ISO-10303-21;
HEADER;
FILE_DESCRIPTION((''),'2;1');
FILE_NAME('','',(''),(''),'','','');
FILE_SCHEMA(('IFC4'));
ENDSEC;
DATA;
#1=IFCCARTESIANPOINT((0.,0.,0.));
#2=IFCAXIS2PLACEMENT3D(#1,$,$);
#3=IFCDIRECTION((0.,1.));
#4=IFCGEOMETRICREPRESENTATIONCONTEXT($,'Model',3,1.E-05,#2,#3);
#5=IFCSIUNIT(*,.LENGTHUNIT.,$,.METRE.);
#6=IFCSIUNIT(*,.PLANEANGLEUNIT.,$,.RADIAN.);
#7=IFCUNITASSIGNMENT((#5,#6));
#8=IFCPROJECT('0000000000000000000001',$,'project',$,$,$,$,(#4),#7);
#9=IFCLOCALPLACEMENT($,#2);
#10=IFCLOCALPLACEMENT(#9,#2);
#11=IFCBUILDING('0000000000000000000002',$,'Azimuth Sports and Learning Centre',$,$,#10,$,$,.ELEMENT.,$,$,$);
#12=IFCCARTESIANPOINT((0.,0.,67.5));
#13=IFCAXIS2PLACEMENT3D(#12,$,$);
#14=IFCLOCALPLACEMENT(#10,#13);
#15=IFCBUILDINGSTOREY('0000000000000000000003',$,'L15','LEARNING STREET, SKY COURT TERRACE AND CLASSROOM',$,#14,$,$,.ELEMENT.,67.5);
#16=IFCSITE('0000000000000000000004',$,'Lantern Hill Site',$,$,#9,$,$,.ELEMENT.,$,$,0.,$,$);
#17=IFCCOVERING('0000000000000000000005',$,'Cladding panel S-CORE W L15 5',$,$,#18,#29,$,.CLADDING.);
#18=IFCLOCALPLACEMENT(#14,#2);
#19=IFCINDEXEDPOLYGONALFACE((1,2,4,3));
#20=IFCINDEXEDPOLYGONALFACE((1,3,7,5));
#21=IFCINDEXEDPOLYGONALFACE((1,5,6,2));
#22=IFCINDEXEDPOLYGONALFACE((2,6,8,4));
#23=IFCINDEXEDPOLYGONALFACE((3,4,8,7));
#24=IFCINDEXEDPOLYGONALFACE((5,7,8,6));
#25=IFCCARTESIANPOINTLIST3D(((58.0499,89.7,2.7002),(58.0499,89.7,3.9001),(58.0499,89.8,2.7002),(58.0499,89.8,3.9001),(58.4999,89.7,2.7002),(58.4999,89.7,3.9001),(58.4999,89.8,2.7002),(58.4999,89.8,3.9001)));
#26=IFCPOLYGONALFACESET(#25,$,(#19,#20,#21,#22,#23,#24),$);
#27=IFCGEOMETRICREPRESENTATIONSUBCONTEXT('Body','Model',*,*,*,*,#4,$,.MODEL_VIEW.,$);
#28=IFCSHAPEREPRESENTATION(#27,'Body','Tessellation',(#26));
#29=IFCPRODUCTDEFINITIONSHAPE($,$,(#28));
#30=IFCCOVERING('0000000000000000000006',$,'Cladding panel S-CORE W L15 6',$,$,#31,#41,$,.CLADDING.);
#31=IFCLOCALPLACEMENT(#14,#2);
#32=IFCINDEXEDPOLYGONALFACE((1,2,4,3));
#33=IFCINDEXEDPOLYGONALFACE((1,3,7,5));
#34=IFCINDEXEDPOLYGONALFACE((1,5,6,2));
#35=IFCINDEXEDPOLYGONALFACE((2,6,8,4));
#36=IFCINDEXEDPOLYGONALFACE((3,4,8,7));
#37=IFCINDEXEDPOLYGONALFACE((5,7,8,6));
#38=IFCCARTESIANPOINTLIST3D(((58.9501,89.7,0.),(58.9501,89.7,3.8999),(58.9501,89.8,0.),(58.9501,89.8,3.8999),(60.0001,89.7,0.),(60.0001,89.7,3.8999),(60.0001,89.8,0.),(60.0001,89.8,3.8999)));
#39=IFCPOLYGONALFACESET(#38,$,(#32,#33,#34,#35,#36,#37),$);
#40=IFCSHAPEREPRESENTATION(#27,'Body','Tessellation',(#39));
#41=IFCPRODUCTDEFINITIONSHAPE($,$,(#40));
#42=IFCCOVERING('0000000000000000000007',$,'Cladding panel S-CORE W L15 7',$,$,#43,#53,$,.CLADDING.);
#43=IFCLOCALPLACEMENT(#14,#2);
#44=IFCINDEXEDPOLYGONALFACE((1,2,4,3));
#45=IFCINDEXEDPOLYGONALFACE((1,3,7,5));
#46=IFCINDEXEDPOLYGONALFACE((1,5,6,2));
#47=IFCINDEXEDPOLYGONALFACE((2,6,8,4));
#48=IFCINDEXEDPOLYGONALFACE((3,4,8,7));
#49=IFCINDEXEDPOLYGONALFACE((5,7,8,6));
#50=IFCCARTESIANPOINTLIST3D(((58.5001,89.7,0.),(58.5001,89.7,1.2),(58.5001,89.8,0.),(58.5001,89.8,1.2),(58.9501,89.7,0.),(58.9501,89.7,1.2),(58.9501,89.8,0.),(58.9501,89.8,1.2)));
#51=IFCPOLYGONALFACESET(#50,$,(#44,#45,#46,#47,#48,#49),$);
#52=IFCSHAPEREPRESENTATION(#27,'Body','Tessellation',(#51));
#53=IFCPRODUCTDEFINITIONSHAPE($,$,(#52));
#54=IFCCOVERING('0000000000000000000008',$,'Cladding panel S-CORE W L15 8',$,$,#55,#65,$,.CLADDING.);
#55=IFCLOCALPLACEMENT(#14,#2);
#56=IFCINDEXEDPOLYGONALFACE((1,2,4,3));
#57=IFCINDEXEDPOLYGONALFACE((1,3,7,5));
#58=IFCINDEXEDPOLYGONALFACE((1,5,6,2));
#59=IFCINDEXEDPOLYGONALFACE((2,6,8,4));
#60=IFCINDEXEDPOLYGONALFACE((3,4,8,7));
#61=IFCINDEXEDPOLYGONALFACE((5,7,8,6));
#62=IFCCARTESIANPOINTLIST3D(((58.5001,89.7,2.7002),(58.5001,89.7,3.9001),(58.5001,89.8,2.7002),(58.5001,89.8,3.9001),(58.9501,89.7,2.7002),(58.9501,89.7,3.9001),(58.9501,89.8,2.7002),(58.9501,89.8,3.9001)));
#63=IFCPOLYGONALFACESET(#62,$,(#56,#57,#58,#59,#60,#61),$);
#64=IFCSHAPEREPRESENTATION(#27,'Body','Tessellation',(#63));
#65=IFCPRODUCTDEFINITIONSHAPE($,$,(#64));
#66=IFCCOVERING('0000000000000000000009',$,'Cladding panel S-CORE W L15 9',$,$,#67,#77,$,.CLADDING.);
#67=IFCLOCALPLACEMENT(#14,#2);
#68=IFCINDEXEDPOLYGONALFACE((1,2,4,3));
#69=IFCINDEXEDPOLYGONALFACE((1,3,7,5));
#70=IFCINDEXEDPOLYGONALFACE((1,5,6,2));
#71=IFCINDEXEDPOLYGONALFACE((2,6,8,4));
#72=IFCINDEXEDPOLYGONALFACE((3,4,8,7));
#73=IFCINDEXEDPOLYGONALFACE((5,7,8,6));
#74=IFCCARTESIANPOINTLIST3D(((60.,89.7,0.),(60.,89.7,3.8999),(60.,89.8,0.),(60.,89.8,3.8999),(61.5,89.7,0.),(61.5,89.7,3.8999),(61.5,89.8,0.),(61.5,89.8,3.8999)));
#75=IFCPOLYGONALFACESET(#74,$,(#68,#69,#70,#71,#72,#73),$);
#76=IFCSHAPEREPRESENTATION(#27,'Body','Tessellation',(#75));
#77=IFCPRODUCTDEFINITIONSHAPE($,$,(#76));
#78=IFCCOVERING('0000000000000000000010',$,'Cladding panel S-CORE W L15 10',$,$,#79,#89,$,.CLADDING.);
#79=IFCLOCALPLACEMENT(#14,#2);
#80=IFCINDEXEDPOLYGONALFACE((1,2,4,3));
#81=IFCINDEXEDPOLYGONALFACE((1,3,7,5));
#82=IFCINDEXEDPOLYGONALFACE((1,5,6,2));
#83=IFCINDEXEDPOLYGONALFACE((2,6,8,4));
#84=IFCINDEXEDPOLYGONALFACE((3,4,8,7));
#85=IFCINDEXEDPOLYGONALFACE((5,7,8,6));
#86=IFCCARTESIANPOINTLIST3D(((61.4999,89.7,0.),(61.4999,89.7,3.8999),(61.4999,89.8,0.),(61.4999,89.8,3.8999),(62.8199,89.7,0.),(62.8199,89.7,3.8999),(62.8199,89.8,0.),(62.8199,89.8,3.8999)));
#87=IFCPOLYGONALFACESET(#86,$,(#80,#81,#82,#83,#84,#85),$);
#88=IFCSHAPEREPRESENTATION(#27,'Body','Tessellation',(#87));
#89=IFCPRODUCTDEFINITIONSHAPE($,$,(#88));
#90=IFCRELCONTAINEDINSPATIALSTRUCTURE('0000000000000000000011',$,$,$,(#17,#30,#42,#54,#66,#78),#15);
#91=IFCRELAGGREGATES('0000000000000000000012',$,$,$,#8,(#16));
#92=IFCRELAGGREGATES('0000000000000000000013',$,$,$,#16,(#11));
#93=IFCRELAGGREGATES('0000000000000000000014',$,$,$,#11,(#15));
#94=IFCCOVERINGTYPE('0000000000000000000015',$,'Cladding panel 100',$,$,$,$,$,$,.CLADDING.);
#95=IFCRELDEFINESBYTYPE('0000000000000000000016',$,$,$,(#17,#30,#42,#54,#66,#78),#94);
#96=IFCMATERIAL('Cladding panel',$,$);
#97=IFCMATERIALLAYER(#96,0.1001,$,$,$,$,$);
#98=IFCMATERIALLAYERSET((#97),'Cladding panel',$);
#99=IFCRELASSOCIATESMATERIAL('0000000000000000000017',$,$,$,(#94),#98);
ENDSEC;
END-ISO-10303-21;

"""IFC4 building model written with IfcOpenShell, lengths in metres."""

from ifc_helpers import new_model, si_unit, direction, frame, origin, origin_2d, place, context, subcontext, project, spatial, rectangle, extrude, material, layer, layer_set, type_object, element, save


model = new_model("IFC4")

# Units and contexts
model_context = context("Model", 3, precision=1e-05, world=origin(), true_north=direction((0.0, 1.0)))
body_context = subcontext(model_context, "Body", "Model", "MODEL_VIEW")
ifc_project = project(units=[si_unit("LENGTHUNIT", "METRE"), si_unit("PLANEANGLEUNIT", "RADIAN")], contexts=[model_context])

# Site, building, storey
site_placement = place(None, origin())
site = spatial("IfcSite", under=ifc_project, at=site_placement, Name="Lantern Hill Site", CompositionType="ELEMENT", RefElevation=0.0)
building_placement = place(site_placement, origin())
building = spatial("IfcBuilding", under=site, at=building_placement, Name="Azimuth Sports and Learning Centre", CompositionType="ELEMENT")
storey_placement = place(building_placement, frame((0.0, 0.0, 67.5)))
storey = spatial("IfcBuildingStorey", under=building, at=storey_placement, Name="L15", Description="LEARNING STREET, SKY COURT TERRACE AND CLASSROOM", CompositionType="ELEMENT", Elevation=67.5)

# Coverings
ifc_material_1 = material(Name="Cladding panel")
ifc_layer_1 = layer(ifc_material_1, 0.1001)
ifc_layer_set_1 = layer_set([ifc_layer_1], Name="Cladding panel")
covering_type = type_object("IfcCoveringType", Name="Cladding panel 100", PredefinedType="CLADDING", material=ifc_layer_set_1)
for number, where, z_axis, x_axis, name in (
    (1, (58.2749, 89.75, 2.7002), (0.0, 0.0, 1.0), (1.0, 0.0, 0.0), "Cladding panel S-CORE W L15 5"),
):
    element("IfcCovering", number, at=place(storey_placement, frame(where, z_axis=z_axis, x_axis=x_axis)), inside=storey, type_object=covering_type, Name=name, PredefinedType="CLADDING", context=body_context, shape_type="SweptSolid", body=[
        extrude(rectangle(XDim=0.45, YDim=0.1001, at=origin_2d()), origin(), (0.0, 0.0, 1.0), 1.2),
    ])
covering_1_placement = place(storey_placement, frame((59.4751, 89.75, 0.0), z_axis=(0.0, 0.0, 1.0), x_axis=(1.0, 0.0, 0.0)))
element("IfcCovering", 2, at=covering_1_placement, inside=storey, type_object=covering_type, Name="Cladding panel S-CORE W L15 6", PredefinedType="CLADDING", context=body_context, shape_type="SweptSolid", body=[
    extrude(rectangle(XDim=1.05, YDim=0.1001, at=origin_2d()), origin(), (0.0, 0.0, 1.0), 3.8999),
])
for number, where, z_axis, x_axis, name in (
    (3, (58.7251, 89.75, 0.0), (0.0, 0.0, 1.0), (1.0, 0.0, 0.0), "Cladding panel S-CORE W L15 7"),
    (4, (58.7251, 89.75, 2.7002), (0.0, 0.0, 1.0), (1.0, 0.0, 0.0), "Cladding panel S-CORE W L15 8"),
):
    element("IfcCovering", number, at=place(storey_placement, frame(where, z_axis=z_axis, x_axis=x_axis)), inside=storey, type_object=covering_type, Name=name, PredefinedType="CLADDING", context=body_context, shape_type="SweptSolid", body=[
        extrude(rectangle(XDim=0.45, YDim=0.1001, at=origin_2d()), origin(), (0.0, 0.0, 1.0), 1.2),
    ])
covering_2_placement = place(storey_placement, frame((60.75, 89.75, 0.0), z_axis=(0.0, 0.0, 1.0), x_axis=(1.0, 0.0, 0.0)))
element("IfcCovering", 5, at=covering_2_placement, inside=storey, type_object=covering_type, Name="Cladding panel S-CORE W L15 9", PredefinedType="CLADDING", context=body_context, shape_type="SweptSolid", body=[
    extrude(rectangle(XDim=1.5, YDim=0.1001, at=origin_2d()), origin(), (0.0, 0.0, 1.0), 3.8999),
])
covering_3_placement = place(storey_placement, frame((62.1599, 89.75, 0.0), z_axis=(0.0, 0.0, 1.0), x_axis=(1.0, 0.0, 0.0)))
element("IfcCovering", 6, at=covering_3_placement, inside=storey, type_object=covering_type, Name="Cladding panel S-CORE W L15 10", PredefinedType="CLADDING", context=body_context, shape_type="SweptSolid", body=[
    extrude(rectangle(XDim=1.3201, YDim=0.1001, at=origin_2d()), origin(), (0.0, 0.0, 1.0), 3.8999),
])

save(model, "model.ifc")
